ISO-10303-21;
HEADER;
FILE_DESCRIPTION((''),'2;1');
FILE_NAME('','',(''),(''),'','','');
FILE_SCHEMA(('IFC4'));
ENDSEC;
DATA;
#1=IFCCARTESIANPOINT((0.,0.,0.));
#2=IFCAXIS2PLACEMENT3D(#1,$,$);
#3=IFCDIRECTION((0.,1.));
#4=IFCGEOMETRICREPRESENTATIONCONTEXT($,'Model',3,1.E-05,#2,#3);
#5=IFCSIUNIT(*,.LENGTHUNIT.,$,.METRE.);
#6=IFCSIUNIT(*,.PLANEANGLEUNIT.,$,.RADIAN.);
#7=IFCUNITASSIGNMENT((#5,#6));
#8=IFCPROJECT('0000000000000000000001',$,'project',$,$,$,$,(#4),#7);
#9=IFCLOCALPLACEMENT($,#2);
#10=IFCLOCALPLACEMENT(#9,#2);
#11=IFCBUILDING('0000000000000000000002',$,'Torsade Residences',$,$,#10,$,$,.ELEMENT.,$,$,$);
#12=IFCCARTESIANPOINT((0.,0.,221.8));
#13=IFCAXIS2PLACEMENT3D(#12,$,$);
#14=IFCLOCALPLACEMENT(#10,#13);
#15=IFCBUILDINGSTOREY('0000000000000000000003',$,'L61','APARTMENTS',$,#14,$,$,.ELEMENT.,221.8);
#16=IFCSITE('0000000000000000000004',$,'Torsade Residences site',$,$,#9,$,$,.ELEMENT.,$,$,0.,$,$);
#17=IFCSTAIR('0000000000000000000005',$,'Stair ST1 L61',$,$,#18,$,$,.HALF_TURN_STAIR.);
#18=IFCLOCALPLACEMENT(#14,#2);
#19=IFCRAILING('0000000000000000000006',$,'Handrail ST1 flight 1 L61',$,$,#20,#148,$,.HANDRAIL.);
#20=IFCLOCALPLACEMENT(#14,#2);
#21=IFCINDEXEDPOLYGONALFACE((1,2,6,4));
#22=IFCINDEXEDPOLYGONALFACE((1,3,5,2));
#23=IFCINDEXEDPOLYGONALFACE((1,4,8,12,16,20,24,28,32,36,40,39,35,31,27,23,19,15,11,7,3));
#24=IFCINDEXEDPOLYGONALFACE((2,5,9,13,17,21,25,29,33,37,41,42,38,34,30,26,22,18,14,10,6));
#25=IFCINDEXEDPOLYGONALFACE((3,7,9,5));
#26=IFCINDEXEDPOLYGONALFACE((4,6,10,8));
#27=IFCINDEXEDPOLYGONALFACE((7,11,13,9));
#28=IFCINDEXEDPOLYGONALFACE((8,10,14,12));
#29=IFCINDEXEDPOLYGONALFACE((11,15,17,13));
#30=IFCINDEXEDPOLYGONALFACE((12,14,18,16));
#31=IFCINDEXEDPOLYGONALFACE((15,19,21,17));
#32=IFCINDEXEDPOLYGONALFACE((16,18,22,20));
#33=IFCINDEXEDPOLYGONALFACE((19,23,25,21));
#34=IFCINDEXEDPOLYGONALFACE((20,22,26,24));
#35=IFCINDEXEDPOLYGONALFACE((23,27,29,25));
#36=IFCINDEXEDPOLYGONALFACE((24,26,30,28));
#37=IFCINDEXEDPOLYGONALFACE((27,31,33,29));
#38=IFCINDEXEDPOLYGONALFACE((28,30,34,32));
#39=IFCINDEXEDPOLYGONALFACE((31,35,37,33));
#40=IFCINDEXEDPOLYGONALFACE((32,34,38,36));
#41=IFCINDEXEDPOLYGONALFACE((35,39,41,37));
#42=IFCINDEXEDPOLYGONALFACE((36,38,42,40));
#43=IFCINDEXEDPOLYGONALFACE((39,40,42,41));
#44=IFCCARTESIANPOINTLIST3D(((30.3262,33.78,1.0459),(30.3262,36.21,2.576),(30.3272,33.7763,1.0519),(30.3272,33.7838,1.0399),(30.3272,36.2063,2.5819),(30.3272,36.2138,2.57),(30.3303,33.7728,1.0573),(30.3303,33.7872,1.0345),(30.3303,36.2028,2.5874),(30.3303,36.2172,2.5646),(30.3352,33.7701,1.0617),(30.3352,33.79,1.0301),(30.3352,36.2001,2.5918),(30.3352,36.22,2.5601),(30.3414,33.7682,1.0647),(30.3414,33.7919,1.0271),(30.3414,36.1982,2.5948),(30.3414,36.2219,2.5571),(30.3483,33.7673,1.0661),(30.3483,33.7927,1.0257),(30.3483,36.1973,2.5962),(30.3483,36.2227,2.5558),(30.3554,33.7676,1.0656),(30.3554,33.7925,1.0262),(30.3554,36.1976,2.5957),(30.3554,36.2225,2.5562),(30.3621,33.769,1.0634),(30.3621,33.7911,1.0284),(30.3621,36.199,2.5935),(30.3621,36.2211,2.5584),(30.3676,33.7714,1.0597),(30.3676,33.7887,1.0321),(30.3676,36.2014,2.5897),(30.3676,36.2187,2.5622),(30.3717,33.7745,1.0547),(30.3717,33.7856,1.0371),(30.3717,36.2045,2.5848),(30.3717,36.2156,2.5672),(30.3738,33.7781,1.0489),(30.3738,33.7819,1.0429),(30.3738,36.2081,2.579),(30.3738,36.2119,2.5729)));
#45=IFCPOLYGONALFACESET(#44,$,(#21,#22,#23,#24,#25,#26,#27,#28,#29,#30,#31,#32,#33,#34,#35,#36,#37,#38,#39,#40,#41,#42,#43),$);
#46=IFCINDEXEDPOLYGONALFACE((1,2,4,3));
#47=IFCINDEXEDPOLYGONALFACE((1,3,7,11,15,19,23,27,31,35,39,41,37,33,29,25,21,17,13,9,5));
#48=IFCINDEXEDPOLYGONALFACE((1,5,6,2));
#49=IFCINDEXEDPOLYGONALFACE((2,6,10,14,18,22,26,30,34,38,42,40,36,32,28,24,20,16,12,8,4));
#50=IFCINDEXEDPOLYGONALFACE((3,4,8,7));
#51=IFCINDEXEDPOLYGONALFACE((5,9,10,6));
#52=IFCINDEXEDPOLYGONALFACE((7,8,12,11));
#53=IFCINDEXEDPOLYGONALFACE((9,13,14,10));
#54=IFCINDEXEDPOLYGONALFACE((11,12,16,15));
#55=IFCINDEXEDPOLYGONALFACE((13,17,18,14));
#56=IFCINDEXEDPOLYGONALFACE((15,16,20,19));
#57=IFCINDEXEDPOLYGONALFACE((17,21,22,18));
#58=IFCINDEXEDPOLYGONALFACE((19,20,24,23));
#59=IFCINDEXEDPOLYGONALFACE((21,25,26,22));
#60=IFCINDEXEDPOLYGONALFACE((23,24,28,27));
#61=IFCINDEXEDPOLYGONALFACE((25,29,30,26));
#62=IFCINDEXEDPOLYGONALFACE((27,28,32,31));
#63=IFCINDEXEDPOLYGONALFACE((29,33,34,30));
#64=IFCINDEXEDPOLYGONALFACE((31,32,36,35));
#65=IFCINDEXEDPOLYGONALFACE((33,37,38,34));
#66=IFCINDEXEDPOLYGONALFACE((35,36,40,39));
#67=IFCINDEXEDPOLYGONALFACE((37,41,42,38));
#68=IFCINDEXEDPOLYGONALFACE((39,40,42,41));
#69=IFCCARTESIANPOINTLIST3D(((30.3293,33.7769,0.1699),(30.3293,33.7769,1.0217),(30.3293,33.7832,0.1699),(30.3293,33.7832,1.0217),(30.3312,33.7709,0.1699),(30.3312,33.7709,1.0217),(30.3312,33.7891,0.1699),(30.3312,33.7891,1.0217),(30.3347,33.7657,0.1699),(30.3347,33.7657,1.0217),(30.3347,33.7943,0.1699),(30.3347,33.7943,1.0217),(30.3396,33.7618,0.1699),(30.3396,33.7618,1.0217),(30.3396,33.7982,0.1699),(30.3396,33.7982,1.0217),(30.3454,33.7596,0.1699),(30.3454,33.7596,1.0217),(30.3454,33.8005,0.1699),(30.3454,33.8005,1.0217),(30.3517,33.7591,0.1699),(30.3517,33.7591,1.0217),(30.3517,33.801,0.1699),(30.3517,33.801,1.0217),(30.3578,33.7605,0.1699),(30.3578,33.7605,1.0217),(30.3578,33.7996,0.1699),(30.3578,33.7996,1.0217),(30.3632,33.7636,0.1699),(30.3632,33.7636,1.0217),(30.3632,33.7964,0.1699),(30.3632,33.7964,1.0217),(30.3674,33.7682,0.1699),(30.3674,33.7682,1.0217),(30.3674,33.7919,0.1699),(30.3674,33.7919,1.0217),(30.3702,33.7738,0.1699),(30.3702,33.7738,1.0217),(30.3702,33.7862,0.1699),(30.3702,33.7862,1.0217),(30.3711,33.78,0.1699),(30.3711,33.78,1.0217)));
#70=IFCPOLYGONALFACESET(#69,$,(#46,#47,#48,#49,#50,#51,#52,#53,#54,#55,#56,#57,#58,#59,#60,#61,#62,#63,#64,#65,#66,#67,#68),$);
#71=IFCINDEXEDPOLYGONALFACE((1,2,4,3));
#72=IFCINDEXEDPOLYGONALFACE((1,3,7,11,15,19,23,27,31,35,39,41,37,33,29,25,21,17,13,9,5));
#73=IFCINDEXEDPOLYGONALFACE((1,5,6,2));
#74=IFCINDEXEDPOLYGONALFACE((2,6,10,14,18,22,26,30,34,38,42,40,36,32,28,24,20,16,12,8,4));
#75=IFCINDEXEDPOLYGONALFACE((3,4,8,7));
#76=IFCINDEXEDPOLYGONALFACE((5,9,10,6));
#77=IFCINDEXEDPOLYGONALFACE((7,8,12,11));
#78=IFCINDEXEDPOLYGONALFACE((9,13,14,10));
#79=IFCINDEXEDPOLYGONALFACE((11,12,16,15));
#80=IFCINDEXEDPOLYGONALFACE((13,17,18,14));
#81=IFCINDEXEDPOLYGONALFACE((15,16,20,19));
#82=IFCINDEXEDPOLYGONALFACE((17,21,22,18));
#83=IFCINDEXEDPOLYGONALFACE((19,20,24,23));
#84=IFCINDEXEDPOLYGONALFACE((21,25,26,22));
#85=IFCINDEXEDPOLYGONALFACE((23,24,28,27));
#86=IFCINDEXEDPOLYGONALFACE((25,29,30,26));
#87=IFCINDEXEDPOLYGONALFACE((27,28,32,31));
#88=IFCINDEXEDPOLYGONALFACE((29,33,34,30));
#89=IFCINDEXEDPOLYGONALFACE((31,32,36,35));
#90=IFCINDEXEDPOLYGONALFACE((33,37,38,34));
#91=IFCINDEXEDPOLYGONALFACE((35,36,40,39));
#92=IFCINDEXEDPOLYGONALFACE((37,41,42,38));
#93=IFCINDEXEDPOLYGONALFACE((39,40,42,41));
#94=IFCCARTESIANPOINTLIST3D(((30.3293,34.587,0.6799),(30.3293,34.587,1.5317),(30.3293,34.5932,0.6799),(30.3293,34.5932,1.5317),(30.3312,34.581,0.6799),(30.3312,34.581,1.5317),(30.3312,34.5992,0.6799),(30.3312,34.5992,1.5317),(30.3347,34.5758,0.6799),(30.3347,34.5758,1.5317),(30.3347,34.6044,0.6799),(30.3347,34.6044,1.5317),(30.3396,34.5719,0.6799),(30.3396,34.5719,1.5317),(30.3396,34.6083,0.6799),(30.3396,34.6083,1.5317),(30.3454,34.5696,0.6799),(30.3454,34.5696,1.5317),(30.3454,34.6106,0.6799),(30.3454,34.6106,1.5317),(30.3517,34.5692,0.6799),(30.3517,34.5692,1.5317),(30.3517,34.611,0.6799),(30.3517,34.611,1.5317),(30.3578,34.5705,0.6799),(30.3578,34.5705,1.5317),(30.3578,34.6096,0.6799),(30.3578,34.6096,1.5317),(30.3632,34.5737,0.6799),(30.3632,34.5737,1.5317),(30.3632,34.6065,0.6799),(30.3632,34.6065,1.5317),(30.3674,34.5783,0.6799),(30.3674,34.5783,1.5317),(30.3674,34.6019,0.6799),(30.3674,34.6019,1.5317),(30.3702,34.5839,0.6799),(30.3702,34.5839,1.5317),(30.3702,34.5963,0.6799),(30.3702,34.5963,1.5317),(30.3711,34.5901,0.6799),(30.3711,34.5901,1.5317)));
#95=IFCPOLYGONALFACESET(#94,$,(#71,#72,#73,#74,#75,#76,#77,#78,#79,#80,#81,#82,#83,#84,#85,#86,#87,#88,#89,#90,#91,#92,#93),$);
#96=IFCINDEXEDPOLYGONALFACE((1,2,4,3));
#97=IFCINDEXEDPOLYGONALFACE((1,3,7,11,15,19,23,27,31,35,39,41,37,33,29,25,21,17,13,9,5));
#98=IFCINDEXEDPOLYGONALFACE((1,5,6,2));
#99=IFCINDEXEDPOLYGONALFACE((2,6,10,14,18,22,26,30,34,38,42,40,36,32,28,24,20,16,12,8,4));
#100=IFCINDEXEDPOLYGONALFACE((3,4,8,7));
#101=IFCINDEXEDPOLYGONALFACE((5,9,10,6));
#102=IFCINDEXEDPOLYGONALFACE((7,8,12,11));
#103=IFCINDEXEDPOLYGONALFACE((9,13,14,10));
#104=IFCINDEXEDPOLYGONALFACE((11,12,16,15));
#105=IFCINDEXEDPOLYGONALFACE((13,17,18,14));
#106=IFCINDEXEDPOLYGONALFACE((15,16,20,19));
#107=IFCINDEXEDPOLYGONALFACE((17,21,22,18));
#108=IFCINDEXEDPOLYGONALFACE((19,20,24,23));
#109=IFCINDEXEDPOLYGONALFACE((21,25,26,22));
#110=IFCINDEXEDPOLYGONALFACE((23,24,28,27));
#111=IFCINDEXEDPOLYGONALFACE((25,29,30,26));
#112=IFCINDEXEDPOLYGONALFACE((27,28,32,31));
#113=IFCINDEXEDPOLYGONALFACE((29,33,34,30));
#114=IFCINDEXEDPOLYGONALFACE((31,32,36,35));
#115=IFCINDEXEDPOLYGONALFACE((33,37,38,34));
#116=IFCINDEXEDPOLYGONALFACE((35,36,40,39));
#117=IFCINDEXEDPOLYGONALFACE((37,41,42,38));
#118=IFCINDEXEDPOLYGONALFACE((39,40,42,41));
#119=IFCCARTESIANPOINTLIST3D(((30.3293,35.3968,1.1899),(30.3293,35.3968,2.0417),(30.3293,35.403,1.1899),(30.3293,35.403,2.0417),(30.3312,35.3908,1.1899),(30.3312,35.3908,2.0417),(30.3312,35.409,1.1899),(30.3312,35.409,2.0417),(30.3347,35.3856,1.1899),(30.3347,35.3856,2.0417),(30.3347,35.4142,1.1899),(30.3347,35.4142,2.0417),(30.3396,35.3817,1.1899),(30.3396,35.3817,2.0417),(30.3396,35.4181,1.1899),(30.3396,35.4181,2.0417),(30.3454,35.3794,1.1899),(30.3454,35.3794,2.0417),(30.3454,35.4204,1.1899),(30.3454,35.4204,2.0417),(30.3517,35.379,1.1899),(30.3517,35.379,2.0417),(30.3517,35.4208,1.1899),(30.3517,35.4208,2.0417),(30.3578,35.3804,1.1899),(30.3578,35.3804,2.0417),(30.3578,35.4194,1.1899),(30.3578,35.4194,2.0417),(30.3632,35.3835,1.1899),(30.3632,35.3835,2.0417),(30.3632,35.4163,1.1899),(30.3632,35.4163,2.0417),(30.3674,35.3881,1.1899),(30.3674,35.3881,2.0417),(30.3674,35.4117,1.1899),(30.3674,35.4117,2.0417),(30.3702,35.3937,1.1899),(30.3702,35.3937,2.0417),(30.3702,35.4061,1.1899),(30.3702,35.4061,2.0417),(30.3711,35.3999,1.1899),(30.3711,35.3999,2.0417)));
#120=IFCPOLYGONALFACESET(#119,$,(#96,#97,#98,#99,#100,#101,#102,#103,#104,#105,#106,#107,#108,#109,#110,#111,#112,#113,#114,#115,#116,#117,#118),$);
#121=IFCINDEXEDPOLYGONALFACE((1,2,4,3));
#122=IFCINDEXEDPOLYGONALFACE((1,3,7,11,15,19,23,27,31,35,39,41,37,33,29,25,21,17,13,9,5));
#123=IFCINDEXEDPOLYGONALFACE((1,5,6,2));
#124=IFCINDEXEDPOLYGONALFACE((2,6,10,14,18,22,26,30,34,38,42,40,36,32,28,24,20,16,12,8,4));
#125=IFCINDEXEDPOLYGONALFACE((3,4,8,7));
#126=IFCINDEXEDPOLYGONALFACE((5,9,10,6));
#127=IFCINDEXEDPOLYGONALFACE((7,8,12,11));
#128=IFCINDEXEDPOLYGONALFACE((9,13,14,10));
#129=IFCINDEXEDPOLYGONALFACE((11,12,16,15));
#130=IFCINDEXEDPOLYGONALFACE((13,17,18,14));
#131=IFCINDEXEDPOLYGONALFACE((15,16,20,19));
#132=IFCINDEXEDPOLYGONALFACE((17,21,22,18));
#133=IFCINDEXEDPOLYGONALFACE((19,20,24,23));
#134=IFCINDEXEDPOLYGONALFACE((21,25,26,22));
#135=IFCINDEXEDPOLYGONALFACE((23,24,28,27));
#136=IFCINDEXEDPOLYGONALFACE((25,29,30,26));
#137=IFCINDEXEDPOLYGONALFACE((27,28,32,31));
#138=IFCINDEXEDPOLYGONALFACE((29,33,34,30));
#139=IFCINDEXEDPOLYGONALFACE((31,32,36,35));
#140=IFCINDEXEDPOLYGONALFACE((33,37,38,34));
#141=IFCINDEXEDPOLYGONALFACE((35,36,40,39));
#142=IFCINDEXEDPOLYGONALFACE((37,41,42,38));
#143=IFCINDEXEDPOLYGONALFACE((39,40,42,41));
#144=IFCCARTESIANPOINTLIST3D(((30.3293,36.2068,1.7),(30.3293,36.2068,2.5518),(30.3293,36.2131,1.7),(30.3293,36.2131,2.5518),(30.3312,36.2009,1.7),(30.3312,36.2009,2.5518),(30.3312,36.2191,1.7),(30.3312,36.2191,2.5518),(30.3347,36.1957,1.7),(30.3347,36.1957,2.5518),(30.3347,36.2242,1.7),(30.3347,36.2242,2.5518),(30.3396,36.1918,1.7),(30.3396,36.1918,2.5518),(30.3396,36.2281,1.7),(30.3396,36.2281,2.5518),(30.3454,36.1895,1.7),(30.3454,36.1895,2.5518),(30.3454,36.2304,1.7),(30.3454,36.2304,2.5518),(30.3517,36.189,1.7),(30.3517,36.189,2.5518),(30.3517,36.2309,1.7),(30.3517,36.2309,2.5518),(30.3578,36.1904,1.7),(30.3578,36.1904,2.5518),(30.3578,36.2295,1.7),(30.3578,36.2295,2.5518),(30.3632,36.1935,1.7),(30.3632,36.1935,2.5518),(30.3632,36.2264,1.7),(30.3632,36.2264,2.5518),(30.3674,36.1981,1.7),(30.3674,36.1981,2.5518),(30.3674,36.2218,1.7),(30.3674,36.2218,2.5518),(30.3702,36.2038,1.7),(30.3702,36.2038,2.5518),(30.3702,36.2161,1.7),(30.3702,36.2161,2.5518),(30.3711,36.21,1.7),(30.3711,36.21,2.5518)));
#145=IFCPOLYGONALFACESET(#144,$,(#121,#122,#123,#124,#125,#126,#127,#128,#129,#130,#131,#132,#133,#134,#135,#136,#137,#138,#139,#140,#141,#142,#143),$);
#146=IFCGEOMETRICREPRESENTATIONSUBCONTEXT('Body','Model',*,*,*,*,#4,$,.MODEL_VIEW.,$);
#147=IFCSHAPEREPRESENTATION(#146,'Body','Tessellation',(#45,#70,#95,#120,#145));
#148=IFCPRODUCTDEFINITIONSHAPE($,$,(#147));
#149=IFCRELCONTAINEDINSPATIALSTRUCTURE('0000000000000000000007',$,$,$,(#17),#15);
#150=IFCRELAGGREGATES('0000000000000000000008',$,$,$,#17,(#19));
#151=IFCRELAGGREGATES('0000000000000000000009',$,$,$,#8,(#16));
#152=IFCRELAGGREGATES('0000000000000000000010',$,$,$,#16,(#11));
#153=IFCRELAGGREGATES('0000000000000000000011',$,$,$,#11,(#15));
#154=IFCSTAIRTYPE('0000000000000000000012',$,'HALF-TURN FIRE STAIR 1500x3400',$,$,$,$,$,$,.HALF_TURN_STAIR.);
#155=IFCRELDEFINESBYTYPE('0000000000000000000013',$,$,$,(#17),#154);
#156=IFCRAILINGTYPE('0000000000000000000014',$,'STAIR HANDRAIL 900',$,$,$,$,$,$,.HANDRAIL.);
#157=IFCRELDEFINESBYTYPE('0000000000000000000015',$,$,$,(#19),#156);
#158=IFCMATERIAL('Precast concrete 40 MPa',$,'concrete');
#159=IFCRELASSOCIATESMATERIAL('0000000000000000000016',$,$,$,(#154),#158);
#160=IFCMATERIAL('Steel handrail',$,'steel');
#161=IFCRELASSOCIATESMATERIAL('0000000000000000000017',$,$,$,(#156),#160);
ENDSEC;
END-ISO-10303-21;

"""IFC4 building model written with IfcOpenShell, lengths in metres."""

from ifc_helpers import new_model, si_unit, direction, frame, origin, origin_2d, place, context, subcontext, project, spatial, circle, extrude, material, type_object, element, aggregate, save


model = new_model("IFC4")

# Units and contexts
model_context = context("Model", 3, precision=1e-05, world=origin(), true_north=direction((0.0, 1.0)))
body_context = subcontext(model_context, "Body", "Model", "MODEL_VIEW")
ifc_project = project(units=[si_unit("LENGTHUNIT", "METRE"), si_unit("PLANEANGLEUNIT", "RADIAN")], contexts=[model_context])

# Site, building, storey
site_placement = place(None, origin())
site = spatial("IfcSite", under=ifc_project, at=site_placement, Name="Torsade Residences site", CompositionType="ELEMENT", RefElevation=0.0)
building_placement = place(site_placement, origin())
building = spatial("IfcBuilding", under=site, at=building_placement, Name="Torsade Residences", CompositionType="ELEMENT")
storey_placement = place(building_placement, frame((0.0, 0.0, 221.8)))
storey = spatial("IfcBuildingStorey", under=building, at=storey_placement, Name="L61", Description="APARTMENTS", CompositionType="ELEMENT", Elevation=221.8)

# Stair, railing
ifc_material_1 = material(Name="Precast concrete 40 MPa", Category="concrete")
stair_type = type_object("IfcStairType", Name="HALF-TURN FIRE STAIR 1500x3400", PredefinedType="HALF_TURN_STAIR", material=ifc_material_1)
stair_placement = place(storey_placement, origin())
stair = element("IfcStair", 1, at=stair_placement, inside=storey, type_object=stair_type, Name="Stair ST1 L61", PredefinedType="HALF_TURN_STAIR")
ifc_material_2 = material(Name="Steel handrail", Category="steel")
railing_type = type_object("IfcRailingType", Name="STAIR HANDRAIL 900", PredefinedType="HANDRAIL", material=ifc_material_2)
railing_1_placement = place(storey_placement, frame((30.3501, 33.78, 0.1699)))
railing_1 = element("IfcRailing", 2, at=railing_1_placement, type_object=railing_type, Name="Handrail ST1 flight 1 L61", PredefinedType="HANDRAIL", context=body_context, shape_type="SweptSolid", body=[
    extrude(circle(Radius=0.0239, at=origin_2d()), frame((0.0, 0.0, 0.876), z_axis=(0.0, 0.846221, 0.532831), x_axis=(-1.0, 0.0, 0.0)), (0.0, 0.0, 1.0), 2.8716),
    extrude(circle(Radius=0.021, at=origin_2d()), origin(), (0.0, 0.0, 1.0), 0.8518),
    extrude(circle(Radius=0.021, at=origin_2d()), frame((0.0, 0.8101, 0.51)), (0.0, 0.0, 1.0), 0.8518),
    extrude(circle(Radius=0.021, at=origin_2d()), frame((0.0, 1.6199, 1.02)), (0.0, 0.0, 1.0), 0.8518),
    extrude(circle(Radius=0.021, at=origin_2d()), frame((0.0, 2.4299, 1.53)), (0.0, 0.0, 1.0), 0.8518),
])
aggregate(stair, [railing_1])

save(model, "model.ifc")
